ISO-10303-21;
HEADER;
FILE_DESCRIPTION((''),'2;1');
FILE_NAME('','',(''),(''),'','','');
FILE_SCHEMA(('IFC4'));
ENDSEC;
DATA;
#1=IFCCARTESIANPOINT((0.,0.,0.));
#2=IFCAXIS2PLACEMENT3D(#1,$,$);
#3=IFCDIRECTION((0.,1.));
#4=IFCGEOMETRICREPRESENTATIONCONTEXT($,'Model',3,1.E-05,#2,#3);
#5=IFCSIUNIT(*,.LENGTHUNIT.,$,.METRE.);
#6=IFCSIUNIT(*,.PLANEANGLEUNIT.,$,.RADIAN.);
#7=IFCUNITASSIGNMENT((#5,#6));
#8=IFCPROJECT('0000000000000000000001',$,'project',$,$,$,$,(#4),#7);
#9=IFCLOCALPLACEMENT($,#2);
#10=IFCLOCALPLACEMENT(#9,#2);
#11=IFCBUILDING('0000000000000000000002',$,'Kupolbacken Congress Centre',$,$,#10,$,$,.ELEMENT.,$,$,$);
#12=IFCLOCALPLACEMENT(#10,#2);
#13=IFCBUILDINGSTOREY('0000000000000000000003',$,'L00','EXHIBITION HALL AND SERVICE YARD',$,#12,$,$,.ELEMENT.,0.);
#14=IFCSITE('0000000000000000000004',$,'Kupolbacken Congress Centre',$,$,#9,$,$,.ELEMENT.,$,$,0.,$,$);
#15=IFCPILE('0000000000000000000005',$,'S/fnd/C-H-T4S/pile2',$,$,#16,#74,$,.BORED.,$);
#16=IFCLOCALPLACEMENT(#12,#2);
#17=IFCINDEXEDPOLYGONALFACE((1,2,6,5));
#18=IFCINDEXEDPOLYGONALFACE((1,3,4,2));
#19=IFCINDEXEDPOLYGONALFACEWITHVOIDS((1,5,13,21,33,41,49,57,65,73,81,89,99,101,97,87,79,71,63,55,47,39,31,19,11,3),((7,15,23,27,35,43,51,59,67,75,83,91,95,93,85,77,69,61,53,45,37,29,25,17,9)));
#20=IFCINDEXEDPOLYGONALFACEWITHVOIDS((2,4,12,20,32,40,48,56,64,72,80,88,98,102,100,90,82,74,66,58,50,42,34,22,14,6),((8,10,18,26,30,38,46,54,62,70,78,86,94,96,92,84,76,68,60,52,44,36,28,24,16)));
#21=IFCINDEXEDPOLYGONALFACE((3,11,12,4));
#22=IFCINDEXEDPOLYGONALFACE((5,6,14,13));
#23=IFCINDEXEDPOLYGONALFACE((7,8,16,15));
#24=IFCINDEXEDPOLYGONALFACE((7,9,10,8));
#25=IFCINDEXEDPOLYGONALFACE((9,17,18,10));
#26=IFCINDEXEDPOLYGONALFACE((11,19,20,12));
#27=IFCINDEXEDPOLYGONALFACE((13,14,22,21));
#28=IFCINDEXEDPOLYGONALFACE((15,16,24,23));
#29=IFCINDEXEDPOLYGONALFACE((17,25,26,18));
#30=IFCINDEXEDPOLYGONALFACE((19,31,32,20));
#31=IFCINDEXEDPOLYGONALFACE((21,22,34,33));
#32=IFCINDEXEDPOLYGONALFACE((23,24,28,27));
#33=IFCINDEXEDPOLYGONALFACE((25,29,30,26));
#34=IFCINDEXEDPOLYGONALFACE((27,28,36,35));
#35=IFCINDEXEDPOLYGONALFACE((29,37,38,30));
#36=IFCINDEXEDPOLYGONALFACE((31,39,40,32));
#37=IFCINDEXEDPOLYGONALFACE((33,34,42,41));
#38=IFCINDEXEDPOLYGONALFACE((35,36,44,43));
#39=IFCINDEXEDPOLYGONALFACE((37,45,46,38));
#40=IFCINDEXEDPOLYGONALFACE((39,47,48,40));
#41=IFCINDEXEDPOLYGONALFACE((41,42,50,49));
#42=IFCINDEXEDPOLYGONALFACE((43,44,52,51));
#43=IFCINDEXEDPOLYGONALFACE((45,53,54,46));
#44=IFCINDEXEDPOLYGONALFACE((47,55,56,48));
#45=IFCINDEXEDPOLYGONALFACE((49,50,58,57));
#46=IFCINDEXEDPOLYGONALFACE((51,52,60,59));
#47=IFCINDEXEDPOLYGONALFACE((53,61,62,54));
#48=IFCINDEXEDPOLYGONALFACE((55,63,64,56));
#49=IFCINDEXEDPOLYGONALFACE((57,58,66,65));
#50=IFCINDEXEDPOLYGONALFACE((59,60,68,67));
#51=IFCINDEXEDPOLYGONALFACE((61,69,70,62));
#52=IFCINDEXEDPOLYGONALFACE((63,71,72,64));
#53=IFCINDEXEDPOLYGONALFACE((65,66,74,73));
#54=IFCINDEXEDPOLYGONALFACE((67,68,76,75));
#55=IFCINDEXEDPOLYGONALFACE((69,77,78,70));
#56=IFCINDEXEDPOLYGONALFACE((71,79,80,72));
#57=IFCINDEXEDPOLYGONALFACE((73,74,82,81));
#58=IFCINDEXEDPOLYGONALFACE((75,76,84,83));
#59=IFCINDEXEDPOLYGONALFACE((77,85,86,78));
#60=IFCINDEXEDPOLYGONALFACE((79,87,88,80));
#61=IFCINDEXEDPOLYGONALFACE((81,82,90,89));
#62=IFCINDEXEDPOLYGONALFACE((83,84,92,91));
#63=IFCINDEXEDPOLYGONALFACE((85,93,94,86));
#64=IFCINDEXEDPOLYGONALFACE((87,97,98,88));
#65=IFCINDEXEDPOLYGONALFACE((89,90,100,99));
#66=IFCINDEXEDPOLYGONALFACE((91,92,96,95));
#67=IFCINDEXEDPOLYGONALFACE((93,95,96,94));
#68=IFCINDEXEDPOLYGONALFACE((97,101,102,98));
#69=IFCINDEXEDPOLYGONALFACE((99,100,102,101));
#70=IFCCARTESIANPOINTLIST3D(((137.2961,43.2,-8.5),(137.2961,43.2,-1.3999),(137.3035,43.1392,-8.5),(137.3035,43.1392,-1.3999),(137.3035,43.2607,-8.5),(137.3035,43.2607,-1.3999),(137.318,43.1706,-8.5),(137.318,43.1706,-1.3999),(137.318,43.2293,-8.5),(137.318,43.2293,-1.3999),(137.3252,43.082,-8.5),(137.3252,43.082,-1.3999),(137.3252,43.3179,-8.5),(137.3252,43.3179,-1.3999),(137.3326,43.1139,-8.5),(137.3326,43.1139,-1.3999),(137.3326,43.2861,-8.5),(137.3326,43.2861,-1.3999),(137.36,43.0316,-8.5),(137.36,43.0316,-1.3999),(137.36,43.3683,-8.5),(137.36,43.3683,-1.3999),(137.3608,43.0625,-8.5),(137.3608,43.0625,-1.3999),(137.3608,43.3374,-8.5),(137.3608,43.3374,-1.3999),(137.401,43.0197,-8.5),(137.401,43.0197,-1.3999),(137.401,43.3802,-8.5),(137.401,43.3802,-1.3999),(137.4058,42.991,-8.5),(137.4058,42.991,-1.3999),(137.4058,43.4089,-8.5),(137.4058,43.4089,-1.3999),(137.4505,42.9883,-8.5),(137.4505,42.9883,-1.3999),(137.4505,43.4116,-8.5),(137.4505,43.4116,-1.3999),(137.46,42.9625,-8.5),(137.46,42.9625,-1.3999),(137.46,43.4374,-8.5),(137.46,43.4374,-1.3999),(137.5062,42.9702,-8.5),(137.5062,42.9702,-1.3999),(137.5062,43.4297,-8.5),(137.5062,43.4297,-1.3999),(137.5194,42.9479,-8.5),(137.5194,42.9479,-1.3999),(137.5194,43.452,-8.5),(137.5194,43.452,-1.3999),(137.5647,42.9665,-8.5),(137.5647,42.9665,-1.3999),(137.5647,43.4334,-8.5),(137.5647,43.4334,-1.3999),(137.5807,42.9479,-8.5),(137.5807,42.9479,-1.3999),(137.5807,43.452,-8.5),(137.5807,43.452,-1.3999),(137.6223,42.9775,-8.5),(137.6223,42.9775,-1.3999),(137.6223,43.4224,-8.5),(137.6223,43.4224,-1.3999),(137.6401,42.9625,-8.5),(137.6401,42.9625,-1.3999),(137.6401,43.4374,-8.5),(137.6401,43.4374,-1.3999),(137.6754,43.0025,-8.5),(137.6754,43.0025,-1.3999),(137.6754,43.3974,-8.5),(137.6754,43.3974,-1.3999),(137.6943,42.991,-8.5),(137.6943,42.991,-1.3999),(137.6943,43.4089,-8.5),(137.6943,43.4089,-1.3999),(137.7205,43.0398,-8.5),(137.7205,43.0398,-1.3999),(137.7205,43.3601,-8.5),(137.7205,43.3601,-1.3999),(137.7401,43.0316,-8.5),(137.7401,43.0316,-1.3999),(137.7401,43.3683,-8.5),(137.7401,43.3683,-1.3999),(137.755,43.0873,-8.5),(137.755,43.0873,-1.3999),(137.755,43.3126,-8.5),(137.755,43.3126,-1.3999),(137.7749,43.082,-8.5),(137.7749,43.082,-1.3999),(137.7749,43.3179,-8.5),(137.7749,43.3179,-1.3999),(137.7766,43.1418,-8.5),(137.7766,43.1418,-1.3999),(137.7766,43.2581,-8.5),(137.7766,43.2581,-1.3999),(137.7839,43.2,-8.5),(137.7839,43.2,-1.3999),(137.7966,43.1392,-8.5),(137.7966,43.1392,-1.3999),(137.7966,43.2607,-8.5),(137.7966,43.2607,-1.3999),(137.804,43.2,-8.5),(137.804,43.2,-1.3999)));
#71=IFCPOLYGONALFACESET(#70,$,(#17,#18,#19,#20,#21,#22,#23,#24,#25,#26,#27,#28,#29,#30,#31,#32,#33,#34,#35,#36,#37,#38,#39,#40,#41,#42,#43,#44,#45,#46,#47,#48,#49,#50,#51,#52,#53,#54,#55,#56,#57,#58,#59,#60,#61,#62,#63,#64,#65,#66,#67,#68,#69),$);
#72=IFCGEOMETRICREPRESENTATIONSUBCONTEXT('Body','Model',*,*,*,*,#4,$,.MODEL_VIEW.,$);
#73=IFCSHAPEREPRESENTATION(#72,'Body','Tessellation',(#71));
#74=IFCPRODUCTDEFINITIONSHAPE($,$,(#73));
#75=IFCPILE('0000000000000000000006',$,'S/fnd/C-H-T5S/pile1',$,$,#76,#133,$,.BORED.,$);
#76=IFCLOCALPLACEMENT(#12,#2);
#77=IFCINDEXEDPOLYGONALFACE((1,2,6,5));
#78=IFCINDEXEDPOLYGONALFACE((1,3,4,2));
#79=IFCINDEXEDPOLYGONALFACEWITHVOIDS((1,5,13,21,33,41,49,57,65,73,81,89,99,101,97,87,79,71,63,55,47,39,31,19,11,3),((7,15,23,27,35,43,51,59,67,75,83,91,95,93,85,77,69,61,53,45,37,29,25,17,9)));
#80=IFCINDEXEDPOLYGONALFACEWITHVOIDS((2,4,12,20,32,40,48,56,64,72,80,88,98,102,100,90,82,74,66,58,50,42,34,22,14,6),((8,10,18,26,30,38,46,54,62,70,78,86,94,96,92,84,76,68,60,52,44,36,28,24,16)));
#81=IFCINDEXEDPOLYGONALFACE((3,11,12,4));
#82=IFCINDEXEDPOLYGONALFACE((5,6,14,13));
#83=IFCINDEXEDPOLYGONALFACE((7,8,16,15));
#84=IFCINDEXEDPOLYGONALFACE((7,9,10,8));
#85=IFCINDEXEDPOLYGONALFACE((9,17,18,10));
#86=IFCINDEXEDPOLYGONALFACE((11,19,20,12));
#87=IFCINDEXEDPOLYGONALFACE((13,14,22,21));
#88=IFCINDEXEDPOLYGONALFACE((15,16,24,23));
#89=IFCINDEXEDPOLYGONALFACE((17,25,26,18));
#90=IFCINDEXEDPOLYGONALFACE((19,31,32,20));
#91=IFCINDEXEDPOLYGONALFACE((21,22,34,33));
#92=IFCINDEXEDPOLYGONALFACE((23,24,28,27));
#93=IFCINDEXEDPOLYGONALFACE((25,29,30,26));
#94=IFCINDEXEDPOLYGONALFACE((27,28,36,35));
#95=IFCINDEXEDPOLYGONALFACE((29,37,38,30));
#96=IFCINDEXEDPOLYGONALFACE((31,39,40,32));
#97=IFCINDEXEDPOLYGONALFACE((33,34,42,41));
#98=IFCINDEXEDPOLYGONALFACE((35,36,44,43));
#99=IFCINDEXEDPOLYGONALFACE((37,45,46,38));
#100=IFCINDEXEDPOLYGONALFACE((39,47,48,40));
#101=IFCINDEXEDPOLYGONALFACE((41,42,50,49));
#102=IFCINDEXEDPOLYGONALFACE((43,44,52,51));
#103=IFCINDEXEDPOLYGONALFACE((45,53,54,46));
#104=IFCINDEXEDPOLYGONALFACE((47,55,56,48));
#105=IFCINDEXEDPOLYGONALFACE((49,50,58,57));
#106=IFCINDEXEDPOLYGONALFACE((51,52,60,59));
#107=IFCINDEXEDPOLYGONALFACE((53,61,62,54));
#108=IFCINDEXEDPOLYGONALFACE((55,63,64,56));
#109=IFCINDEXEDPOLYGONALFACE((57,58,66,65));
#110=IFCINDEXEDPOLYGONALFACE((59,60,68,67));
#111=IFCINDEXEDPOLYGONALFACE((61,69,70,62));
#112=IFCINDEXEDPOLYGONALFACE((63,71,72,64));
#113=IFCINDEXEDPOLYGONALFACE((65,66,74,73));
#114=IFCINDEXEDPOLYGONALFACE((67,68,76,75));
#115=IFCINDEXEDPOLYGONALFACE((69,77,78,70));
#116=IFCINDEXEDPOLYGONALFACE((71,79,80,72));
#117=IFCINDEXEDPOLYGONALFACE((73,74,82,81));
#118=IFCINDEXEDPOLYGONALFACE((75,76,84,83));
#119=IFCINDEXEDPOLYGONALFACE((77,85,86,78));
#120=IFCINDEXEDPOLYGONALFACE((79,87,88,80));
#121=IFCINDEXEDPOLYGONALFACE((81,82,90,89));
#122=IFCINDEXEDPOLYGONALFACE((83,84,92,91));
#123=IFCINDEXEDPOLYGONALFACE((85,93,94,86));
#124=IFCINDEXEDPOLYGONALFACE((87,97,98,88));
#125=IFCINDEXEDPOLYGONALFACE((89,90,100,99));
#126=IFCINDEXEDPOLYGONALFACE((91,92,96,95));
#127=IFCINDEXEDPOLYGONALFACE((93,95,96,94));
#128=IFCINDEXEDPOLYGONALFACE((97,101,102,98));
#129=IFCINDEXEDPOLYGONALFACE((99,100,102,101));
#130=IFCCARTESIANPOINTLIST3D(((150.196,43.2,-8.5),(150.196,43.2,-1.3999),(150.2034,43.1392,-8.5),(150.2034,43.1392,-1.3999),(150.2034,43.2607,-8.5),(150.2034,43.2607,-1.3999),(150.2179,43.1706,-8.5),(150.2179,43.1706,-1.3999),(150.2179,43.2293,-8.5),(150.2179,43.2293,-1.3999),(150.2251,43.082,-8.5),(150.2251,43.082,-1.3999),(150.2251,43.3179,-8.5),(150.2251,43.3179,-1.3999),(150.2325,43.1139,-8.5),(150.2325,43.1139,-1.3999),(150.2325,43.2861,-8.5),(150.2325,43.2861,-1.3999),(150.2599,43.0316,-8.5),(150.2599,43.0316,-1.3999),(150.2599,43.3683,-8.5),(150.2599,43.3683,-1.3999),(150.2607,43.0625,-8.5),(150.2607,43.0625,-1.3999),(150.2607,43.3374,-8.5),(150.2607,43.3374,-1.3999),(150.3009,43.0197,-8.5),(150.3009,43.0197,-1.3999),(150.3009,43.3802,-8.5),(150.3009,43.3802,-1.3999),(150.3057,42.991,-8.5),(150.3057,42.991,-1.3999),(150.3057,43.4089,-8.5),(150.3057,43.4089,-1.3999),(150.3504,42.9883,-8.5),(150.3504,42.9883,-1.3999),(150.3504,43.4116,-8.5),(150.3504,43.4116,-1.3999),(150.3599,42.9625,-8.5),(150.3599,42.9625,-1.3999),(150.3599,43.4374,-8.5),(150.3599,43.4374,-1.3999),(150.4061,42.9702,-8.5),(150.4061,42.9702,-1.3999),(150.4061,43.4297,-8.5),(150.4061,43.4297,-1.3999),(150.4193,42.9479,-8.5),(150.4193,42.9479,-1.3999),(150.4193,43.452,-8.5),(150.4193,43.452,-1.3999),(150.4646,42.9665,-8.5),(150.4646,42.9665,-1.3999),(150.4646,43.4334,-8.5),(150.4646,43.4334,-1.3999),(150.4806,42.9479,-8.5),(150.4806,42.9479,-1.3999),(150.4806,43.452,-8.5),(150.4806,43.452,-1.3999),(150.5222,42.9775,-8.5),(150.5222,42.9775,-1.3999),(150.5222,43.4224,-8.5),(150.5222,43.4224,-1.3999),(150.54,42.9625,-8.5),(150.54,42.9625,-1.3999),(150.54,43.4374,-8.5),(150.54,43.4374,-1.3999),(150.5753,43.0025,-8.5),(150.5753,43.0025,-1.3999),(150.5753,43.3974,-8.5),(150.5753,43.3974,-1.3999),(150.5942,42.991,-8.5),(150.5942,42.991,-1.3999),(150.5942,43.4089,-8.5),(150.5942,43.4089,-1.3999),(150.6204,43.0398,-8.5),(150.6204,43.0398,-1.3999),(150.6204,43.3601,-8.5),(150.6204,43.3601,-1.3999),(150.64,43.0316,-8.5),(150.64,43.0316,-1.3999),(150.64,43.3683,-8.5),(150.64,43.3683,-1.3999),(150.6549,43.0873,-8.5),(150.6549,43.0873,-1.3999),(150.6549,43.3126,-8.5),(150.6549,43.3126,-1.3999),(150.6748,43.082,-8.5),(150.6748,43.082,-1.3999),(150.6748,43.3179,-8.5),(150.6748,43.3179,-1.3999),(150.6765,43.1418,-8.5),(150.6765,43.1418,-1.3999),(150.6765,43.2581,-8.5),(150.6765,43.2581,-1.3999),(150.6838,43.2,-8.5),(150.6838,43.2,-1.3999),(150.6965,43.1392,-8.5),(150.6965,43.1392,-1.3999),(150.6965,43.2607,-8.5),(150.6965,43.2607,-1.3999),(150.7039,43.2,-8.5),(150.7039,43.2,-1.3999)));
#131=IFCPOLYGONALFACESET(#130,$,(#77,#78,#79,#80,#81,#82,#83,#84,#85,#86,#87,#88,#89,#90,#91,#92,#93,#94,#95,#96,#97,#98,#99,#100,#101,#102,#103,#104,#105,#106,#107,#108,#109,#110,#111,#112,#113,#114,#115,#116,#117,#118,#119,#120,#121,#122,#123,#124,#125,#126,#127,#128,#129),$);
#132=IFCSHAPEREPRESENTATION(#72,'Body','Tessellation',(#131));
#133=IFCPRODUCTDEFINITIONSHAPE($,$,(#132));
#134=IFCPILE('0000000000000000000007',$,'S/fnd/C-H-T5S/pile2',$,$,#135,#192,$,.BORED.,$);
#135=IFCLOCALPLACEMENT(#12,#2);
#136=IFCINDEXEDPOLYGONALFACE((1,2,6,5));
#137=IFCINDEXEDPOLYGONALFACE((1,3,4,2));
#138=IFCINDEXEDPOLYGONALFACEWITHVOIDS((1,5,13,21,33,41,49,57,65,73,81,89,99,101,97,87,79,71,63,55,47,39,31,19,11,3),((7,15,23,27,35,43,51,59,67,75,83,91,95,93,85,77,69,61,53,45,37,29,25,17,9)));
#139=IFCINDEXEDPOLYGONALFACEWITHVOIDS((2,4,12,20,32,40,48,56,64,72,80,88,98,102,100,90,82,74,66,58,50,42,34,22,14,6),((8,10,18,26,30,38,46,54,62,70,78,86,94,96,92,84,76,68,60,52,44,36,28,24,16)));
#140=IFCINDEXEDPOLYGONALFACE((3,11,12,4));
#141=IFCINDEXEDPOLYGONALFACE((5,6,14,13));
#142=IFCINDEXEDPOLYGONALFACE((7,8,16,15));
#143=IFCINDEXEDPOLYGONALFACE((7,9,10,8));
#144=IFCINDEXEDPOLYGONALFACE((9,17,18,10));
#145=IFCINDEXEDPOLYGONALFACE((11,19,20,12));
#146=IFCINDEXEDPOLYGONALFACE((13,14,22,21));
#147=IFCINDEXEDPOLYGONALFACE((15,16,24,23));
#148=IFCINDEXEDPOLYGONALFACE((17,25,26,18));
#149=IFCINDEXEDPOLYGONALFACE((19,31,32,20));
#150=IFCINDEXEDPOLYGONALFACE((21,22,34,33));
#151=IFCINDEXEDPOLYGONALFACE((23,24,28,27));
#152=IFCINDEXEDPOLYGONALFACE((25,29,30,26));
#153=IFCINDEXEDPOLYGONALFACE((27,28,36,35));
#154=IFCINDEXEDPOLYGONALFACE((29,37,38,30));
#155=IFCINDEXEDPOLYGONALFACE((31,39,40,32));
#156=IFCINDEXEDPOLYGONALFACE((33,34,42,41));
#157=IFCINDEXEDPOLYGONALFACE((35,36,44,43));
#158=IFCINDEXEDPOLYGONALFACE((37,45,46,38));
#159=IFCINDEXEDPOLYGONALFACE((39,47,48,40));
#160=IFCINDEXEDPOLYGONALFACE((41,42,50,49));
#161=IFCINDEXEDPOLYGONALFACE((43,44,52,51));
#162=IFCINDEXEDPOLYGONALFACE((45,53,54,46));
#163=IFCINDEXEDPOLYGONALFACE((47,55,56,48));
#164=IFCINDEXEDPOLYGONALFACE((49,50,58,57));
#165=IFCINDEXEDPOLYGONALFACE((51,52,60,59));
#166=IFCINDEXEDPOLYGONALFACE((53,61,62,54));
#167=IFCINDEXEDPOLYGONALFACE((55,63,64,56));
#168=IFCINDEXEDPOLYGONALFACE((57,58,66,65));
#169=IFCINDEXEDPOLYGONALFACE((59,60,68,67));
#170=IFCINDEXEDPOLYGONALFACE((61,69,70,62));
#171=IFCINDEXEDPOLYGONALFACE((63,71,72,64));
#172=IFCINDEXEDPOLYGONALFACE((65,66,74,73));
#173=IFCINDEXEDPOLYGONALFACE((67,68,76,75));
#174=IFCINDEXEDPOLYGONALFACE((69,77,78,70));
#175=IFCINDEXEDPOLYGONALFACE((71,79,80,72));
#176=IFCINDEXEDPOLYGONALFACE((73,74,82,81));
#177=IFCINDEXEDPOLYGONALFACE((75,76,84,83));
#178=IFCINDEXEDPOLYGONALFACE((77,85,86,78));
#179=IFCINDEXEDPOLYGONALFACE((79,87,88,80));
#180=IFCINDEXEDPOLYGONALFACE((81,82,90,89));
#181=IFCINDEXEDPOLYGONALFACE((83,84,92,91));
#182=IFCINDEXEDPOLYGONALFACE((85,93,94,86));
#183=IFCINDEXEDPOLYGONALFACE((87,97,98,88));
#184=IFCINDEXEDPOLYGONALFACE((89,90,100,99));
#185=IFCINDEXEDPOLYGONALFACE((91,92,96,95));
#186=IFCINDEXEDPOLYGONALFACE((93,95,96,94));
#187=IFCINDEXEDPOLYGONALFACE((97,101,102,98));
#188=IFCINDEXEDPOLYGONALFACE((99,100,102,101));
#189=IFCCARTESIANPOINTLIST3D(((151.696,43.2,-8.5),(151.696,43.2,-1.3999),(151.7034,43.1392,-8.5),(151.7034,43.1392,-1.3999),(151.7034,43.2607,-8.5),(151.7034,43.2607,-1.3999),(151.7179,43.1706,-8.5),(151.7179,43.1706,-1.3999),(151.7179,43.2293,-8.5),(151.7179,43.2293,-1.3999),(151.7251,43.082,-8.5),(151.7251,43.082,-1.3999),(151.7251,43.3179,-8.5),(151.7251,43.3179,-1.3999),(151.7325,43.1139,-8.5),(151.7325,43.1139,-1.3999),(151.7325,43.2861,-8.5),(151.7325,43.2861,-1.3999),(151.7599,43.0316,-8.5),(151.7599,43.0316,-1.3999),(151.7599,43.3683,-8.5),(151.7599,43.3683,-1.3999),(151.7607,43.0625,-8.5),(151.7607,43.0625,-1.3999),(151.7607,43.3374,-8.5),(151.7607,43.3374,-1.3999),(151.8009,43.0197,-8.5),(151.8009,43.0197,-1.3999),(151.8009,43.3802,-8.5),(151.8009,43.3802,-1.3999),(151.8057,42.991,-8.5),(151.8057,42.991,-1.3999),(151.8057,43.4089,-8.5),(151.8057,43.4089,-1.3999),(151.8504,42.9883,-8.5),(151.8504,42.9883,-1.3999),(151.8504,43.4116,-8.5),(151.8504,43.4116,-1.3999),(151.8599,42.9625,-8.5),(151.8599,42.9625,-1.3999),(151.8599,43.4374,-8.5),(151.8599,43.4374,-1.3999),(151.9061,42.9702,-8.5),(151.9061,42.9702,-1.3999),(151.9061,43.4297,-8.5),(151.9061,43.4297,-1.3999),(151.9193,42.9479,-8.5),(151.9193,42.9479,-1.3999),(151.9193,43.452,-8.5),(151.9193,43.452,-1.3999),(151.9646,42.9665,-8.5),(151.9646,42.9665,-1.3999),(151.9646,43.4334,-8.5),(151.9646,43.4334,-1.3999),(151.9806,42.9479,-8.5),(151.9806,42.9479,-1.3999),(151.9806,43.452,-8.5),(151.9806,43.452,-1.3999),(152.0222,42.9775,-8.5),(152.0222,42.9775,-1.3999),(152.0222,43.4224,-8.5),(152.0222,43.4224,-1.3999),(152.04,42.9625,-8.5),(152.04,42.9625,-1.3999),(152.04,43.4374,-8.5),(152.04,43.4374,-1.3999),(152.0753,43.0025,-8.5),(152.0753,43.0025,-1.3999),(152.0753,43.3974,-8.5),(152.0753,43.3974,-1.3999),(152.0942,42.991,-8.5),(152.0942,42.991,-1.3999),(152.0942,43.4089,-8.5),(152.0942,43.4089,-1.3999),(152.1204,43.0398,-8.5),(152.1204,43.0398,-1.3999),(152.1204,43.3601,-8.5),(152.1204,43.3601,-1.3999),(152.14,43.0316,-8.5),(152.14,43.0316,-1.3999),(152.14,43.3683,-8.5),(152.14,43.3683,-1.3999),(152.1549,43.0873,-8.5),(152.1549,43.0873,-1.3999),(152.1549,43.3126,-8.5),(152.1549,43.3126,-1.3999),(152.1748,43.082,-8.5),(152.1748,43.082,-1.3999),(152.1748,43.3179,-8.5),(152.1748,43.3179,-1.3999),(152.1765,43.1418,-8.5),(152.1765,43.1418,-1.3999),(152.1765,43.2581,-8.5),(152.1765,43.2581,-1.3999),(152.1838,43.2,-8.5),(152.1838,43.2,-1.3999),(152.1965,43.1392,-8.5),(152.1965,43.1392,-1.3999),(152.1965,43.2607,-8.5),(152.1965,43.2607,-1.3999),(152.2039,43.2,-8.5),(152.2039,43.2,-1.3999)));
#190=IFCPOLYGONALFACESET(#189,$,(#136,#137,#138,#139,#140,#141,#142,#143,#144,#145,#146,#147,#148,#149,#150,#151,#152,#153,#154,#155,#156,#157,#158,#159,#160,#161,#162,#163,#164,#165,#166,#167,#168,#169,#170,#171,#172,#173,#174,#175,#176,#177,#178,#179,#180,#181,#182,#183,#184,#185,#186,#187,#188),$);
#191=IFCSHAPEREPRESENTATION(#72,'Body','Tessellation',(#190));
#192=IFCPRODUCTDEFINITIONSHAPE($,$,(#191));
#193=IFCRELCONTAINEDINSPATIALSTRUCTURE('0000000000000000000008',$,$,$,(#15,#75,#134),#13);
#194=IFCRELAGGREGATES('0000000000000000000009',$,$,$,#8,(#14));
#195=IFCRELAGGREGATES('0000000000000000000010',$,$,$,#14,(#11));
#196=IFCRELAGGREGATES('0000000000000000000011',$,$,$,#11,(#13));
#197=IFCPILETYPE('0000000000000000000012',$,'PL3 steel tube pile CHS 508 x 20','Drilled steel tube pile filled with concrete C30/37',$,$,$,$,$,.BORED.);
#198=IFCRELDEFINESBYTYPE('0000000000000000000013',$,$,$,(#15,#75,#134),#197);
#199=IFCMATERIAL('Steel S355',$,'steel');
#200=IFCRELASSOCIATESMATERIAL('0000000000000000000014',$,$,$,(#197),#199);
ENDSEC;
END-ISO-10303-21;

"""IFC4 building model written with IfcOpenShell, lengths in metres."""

from ifc_helpers import new_model, si_unit, direction, frame, origin, origin_2d, place, context, subcontext, project, spatial, hollow_circle, extrude, material, material_profile, profile_set, type_object, element, save


model = new_model("IFC4")

# Units and contexts
model_context = context("Model", 3, precision=1e-05, world=origin(), true_north=direction((0.0, 1.0)))
body_context = subcontext(model_context, "Body", "Model", "MODEL_VIEW")
ifc_project = project(units=[si_unit("LENGTHUNIT", "METRE"), si_unit("PLANEANGLEUNIT", "RADIAN")], contexts=[model_context])

# Site, building, storey
site_placement = place(None, origin())
site = spatial("IfcSite", under=ifc_project, at=site_placement, Name="Kupolbacken Congress Centre", CompositionType="ELEMENT", RefElevation=0.0)
building_placement = place(site_placement, origin())
building = spatial("IfcBuilding", under=site, at=building_placement, Name="Kupolbacken Congress Centre", CompositionType="ELEMENT")
storey_placement = place(building_placement, origin())
storey = spatial("IfcBuildingStorey", under=building, at=storey_placement, Name="L00", Description="EXHIBITION HALL AND SERVICE YARD", CompositionType="ELEMENT", Elevation=0.0)

# Piles
ifc_material_1 = material(Name="Steel S355", Category="steel")
ifc_material_profile_1 = material_profile(ifc_material_1, hollow_circle(Radius=0.2539, WallThickness=0.02, at=origin_2d()), Name="CHS 508 x 20")
ifc_profile_set_1 = profile_set([ifc_material_profile_1], Name="Steel S355")
pile_type = type_object("IfcPileType", Name="PL3 steel tube pile CHS 508 x 20", Description="Drilled steel tube pile filled with concrete C30/37", PredefinedType="BORED", material=ifc_profile_set_1)
for number, where, z_axis, x_axis, name in (
    (1, (137.55, 43.2, -1.3999), (0.0, 0.0, -1.0), (1.0, 0.0, 0.0), "S/fnd/C-H-T4S/pile2"),
    (2, (150.45, 43.2, -1.3999), (0.0, 0.0, -1.0), (1.0, 0.0, 0.0), "S/fnd/C-H-T5S/pile1"),
    (3, (151.95, 43.2, -1.3999), (0.0, 0.0, -1.0), (1.0, 0.0, 0.0), "S/fnd/C-H-T5S/pile2"),
):
    element("IfcPile", number, at=place(storey_placement, frame(where, z_axis=z_axis, x_axis=x_axis)), inside=storey, type_object=pile_type, Name=name, PredefinedType="BORED", context=body_context, shape_type="SweptSolid", body=[
        extrude(hollow_circle(Radius=0.2539, WallThickness=0.02, at=origin_2d()), origin(), (0.0, 0.0, 1.0), 7.1001),
    ])

save(model, "model.ifc")
